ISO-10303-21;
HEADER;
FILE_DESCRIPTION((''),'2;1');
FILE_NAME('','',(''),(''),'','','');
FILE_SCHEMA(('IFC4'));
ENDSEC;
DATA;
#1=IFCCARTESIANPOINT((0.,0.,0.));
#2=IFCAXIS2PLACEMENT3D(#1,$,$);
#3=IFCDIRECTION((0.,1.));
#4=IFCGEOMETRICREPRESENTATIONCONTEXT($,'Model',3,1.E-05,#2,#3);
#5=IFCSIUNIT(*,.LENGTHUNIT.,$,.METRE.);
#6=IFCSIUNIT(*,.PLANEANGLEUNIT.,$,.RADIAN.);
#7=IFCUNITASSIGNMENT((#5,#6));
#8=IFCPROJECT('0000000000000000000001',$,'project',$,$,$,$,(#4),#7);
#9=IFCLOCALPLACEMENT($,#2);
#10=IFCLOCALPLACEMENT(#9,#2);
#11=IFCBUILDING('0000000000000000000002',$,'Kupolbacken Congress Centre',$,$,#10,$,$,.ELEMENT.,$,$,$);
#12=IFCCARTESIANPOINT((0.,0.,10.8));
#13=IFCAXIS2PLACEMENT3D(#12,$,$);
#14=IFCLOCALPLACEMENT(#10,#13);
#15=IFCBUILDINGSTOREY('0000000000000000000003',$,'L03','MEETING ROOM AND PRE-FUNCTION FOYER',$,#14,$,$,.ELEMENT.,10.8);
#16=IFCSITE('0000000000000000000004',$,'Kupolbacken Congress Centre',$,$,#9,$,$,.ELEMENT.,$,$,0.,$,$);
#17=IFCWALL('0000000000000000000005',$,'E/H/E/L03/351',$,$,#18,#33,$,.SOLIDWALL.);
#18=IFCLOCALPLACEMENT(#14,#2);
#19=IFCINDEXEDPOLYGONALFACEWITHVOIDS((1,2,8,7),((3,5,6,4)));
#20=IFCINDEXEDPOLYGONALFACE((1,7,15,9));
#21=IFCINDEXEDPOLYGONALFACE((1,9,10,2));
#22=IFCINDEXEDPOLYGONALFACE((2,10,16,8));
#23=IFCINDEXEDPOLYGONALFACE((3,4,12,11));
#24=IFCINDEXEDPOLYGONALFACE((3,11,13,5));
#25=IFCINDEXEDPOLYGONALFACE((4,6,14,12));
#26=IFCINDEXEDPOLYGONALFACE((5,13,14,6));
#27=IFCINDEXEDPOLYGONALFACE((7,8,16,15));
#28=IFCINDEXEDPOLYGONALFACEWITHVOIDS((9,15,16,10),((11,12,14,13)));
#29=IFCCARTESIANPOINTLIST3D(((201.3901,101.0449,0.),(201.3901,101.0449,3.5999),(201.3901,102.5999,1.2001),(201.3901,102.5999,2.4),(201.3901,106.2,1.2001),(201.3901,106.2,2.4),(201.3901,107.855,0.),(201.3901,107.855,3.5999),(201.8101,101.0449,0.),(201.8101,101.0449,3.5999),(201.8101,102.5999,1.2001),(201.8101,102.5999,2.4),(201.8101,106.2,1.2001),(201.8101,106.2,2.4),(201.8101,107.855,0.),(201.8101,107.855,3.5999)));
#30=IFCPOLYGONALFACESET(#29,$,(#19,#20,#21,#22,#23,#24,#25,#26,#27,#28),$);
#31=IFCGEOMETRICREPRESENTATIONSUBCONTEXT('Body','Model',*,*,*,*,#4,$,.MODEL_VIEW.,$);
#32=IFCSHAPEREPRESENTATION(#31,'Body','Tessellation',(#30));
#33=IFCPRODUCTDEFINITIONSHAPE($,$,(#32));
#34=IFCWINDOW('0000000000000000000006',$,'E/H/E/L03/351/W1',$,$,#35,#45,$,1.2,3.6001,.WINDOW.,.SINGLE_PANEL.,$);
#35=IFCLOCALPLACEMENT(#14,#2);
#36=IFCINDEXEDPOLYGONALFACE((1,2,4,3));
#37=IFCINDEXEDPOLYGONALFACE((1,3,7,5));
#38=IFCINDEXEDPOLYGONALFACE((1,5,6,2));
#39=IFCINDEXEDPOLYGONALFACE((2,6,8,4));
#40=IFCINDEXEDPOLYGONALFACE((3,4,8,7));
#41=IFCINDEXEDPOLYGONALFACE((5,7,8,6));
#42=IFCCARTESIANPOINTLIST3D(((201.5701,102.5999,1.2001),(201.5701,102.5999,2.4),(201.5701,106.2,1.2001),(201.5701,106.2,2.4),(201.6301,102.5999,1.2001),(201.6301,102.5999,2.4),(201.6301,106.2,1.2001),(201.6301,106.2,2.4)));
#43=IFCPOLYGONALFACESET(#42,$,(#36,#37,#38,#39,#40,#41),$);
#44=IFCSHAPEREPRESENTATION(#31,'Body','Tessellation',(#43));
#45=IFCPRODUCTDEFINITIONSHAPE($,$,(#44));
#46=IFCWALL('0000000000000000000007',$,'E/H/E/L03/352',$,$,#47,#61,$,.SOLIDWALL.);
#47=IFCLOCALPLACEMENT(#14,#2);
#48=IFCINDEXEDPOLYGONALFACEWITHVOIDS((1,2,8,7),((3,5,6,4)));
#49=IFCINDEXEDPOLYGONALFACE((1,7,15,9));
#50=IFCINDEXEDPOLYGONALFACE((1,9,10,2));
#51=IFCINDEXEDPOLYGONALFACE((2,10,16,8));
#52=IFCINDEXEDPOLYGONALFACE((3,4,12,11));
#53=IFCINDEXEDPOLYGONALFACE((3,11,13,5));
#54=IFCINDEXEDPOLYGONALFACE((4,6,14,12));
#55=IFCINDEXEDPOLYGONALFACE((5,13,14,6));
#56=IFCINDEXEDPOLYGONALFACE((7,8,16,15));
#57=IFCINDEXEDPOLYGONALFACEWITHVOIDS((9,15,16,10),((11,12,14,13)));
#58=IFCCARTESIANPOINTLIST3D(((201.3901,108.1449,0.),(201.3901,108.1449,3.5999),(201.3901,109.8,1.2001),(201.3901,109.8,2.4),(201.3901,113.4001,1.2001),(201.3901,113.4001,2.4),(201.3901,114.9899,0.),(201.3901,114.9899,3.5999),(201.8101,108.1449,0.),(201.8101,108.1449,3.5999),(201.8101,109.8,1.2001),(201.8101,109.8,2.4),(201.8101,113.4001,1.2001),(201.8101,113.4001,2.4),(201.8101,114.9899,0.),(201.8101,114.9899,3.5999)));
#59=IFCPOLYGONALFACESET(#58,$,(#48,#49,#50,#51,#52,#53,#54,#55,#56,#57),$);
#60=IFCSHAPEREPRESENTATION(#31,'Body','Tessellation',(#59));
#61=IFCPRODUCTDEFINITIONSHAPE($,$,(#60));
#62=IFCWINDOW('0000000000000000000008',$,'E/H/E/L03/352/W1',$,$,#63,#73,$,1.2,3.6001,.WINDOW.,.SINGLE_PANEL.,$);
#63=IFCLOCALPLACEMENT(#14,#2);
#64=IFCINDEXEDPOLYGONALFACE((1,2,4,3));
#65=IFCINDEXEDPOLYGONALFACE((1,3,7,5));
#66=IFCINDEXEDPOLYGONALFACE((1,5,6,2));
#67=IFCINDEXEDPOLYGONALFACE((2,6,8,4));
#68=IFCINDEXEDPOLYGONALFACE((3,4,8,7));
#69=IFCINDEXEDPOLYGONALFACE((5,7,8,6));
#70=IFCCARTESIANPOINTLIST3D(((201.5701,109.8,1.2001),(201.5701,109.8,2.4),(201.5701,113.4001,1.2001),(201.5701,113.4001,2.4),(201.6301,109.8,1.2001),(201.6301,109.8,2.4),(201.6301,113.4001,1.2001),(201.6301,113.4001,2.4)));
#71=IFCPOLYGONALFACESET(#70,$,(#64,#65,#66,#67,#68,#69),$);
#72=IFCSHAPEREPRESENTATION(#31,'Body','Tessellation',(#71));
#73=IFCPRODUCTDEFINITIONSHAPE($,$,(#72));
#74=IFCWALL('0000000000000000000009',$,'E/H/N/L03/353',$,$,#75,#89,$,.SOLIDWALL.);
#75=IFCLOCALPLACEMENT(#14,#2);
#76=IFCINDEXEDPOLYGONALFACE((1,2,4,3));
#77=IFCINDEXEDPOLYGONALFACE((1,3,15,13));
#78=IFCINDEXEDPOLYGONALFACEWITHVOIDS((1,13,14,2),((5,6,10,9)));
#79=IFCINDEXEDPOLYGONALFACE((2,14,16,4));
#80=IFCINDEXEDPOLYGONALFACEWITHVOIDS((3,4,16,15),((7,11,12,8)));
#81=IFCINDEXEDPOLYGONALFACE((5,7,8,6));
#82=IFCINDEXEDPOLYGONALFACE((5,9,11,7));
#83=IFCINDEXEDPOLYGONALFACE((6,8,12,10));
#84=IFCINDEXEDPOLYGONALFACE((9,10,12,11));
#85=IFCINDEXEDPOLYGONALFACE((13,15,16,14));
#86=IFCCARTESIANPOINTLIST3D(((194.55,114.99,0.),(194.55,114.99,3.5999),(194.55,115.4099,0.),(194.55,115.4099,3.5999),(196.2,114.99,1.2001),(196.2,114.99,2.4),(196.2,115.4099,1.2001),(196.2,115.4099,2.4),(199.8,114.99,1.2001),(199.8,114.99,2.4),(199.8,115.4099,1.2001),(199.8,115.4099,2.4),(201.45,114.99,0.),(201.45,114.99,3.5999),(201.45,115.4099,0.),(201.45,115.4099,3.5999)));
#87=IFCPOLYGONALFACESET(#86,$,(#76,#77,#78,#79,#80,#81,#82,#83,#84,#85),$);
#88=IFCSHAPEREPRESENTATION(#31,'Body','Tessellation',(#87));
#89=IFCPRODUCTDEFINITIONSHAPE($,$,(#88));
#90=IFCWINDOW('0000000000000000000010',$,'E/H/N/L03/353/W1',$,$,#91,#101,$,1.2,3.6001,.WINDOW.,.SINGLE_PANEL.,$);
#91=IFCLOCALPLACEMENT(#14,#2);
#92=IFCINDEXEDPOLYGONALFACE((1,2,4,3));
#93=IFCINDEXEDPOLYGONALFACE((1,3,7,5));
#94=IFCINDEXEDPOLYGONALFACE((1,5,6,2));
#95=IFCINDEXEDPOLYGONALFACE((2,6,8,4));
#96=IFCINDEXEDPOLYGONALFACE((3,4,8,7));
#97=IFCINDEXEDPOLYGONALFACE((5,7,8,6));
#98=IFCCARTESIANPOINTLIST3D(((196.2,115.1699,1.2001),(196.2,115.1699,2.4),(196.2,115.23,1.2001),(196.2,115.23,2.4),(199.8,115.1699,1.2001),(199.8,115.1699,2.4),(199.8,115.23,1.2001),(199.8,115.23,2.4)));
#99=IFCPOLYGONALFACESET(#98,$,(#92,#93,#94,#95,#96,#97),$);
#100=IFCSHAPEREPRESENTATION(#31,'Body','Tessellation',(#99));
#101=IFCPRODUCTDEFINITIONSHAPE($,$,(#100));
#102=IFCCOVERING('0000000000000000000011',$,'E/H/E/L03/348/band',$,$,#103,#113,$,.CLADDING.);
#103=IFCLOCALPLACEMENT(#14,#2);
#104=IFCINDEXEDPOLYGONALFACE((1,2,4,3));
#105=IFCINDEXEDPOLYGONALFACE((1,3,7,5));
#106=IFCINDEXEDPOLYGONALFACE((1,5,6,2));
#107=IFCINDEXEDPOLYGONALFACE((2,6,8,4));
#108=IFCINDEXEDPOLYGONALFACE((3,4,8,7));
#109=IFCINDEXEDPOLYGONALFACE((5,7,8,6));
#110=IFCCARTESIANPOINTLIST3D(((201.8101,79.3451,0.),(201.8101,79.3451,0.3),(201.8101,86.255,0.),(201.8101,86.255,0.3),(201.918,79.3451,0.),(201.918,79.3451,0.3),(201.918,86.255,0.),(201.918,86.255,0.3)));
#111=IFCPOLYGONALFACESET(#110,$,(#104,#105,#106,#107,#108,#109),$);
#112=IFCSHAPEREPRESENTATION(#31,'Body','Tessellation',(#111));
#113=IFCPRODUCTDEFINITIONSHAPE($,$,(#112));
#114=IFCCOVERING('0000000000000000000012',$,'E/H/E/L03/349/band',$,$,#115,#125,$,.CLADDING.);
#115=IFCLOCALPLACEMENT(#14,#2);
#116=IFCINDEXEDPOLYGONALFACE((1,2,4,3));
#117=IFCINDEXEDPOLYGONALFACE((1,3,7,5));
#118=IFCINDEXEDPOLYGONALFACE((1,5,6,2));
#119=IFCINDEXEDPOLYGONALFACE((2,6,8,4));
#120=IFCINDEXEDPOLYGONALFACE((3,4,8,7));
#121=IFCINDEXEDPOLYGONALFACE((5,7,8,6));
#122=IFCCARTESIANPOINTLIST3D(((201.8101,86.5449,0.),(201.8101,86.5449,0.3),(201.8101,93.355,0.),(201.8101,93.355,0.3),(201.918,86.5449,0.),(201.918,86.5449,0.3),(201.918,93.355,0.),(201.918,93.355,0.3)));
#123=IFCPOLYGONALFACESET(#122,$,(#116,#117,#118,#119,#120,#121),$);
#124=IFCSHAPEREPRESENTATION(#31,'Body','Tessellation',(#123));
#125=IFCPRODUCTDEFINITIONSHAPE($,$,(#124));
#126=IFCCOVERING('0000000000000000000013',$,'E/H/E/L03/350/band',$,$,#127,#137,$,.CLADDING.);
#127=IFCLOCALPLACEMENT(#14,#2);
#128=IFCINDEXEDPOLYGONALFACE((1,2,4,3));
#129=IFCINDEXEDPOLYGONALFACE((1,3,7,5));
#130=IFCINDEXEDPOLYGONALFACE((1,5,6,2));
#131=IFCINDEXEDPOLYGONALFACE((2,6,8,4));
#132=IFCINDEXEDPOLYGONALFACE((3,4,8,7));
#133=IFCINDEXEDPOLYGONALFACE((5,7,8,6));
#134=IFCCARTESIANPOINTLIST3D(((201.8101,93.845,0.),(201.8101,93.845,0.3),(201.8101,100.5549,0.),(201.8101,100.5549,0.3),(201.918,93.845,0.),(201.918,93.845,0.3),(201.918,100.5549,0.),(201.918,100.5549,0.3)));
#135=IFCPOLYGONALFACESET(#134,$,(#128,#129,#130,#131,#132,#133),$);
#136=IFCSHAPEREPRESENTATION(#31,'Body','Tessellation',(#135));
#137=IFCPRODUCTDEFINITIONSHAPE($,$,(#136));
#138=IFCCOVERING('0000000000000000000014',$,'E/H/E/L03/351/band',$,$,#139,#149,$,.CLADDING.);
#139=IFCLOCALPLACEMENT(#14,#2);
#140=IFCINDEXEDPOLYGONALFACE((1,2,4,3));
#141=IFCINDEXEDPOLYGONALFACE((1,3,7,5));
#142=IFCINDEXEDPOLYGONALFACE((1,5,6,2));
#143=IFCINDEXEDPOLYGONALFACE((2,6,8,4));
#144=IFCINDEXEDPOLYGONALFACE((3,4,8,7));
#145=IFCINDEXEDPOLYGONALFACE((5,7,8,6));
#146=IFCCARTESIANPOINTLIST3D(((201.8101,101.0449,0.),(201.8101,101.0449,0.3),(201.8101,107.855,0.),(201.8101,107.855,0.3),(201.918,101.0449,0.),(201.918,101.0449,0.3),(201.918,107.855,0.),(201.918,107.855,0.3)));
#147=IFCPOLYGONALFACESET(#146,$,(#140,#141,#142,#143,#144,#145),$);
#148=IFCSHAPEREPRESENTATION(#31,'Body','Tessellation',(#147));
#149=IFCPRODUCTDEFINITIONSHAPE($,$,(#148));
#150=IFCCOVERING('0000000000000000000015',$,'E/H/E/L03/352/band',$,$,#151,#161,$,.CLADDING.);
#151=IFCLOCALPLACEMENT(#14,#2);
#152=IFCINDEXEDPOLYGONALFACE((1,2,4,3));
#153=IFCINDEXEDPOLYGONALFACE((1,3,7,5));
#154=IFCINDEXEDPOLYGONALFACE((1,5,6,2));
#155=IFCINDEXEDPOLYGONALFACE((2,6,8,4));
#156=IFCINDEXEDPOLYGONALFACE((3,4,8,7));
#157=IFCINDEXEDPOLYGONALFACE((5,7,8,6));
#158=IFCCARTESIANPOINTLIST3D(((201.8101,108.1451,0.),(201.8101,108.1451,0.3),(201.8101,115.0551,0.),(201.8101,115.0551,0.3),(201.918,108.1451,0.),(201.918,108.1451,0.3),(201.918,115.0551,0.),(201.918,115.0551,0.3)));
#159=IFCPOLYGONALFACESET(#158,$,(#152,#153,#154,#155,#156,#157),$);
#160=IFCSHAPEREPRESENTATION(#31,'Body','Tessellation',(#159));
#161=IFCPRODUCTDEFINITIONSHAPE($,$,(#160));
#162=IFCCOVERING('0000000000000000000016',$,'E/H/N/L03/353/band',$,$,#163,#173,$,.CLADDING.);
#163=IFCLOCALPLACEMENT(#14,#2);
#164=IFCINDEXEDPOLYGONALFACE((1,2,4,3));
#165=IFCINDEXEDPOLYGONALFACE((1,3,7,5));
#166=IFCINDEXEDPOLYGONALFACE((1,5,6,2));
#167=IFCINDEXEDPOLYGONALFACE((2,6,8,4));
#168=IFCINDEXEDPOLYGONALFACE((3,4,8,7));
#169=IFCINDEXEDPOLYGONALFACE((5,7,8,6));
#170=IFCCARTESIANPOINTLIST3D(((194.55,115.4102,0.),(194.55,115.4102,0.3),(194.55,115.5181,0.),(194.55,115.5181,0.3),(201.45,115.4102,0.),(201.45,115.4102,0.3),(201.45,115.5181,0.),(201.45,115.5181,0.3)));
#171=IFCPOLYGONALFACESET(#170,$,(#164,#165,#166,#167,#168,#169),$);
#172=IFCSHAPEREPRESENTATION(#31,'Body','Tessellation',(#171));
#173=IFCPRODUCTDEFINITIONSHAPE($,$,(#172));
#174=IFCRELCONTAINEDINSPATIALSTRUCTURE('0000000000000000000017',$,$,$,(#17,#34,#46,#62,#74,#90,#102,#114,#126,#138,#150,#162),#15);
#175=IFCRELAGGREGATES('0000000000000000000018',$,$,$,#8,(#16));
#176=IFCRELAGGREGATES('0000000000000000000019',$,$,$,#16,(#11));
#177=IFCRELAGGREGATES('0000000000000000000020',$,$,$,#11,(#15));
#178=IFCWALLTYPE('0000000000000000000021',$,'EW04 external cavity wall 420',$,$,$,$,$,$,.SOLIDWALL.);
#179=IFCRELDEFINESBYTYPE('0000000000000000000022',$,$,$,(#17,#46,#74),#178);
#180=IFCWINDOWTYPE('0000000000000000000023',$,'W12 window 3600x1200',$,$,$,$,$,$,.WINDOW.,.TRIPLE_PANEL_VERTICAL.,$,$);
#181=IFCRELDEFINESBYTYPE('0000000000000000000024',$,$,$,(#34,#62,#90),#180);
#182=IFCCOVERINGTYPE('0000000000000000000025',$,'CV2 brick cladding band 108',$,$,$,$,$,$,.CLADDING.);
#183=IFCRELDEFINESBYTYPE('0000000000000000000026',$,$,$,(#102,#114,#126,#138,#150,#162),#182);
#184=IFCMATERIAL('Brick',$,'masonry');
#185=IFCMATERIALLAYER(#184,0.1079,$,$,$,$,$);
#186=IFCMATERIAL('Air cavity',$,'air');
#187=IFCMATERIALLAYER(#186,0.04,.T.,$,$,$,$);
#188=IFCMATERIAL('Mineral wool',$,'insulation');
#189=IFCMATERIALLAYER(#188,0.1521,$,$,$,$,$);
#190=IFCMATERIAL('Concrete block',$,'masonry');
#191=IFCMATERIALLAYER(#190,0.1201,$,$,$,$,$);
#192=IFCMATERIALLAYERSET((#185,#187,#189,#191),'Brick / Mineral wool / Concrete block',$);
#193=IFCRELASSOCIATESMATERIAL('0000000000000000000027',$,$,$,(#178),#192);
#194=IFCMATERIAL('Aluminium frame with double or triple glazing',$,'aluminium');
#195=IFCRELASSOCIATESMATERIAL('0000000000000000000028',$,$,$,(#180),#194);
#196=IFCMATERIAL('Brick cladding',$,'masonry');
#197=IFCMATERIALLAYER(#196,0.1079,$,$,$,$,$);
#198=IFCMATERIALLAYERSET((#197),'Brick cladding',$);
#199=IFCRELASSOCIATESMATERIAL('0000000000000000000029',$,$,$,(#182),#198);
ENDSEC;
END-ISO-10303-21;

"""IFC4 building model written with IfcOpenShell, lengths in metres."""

from ifc_helpers import new_model, si_unit, direction, frame, frame_2d, origin, origin_2d, place, context, subcontext, project, spatial, rectangle, extrude, material, layer, layer_set, type_object, element, fill, save


model = new_model("IFC4")

# Units and contexts
model_context = context("Model", 3, precision=1e-05, world=origin(), true_north=direction((0.0, 1.0)))
body_context = subcontext(model_context, "Body", "Model", "MODEL_VIEW")
ifc_project = project(units=[si_unit("LENGTHUNIT", "METRE"), si_unit("PLANEANGLEUNIT", "RADIAN")], contexts=[model_context])

# Site, building, storey
site_placement = place(None, origin())
site = spatial("IfcSite", under=ifc_project, at=site_placement, Name="Kupolbacken Congress Centre", CompositionType="ELEMENT", RefElevation=0.0)
building_placement = place(site_placement, origin())
building = spatial("IfcBuilding", under=site, at=building_placement, Name="Kupolbacken Congress Centre", CompositionType="ELEMENT")
storey_placement = place(building_placement, frame((0.0, 0.0, 10.8)))
storey = spatial("IfcBuildingStorey", under=building, at=storey_placement, Name="L03", Description="MEETING ROOM AND PRE-FUNCTION FOYER", CompositionType="ELEMENT", Elevation=10.8)

# Shared definitions
ifc_material_1 = material(Name="Brick", Category="masonry")
ifc_layer_1 = layer(ifc_material_1, 0.1079)
ifc_material_2 = material(Name="Air cavity", Category="air")
ifc_layer_2 = layer(ifc_material_2, 0.04, ventilated=True)
ifc_material_3 = material(Name="Mineral wool", Category="insulation")
ifc_layer_3 = layer(ifc_material_3, 0.1521)
ifc_material_4 = material(Name="Concrete block", Category="masonry")
ifc_layer_4 = layer(ifc_material_4, 0.1201)
ifc_layer_set_1 = layer_set([ifc_layer_1, ifc_layer_2, ifc_layer_3, ifc_layer_4], Name="Brick / Mineral wool / Concrete block")
wall_type = type_object("IfcWallType", Name="EW04 external cavity wall 420", PredefinedType="SOLIDWALL", material=ifc_layer_set_1)
ifc_material_5 = material(Name="Aluminium frame with double or triple glazing", Category="aluminium")
window_type = type_object("IfcWindowType", Name="W12 window 3600x1200", PartitioningType="TRIPLE_PANEL_VERTICAL", PredefinedType="WINDOW", material=ifc_material_5)

# Walls, openings, windows
wall_1_placement = place(storey_placement, frame((201.6001, 101.0449, 0.0), z_axis=(0.0, 0.0, 1.0), x_axis=(0.0, 1.0, 0.0)))
wall_1 = element("IfcWall", 1, at=wall_1_placement, inside=storey, type_object=wall_type, Name="E/H/E/L03/351", PredefinedType="SOLIDWALL", context=body_context, shape_type="SweptSolid", body=[
    extrude(rectangle(XDim=6.8101, YDim=0.4199, at=frame_2d((3.405, 0.0))), origin(), (0.0, 0.0, 1.0), 3.5999),
])
opening_1_placement = place(wall_1_placement, frame((1.5549, 0.0, 1.2)))
opening_1 = element("IfcOpeningElement", 2, at=opening_1_placement, cuts=wall_1, PredefinedType="OPENING", context=body_context, shape_type="SweptSolid", body=[
    extrude(rectangle(XDim=3.6001, YDim=1.2, at=frame_2d((1.8, 0.6001))), frame((0.0, 0.22, 0.0), z_axis=(0.0, -1.0, 0.0), x_axis=(1.0, 0.0, 0.0)), (0.0, 0.0, 1.0), 0.4399),
])
window_1_placement = place(opening_1_placement, origin())
window_1 = element("IfcWindow", 3, at=window_1_placement, inside=storey, type_object=window_type, Name="E/H/E/L03/351/W1", OverallHeight=1.2, OverallWidth=3.6001, PartitioningType="SINGLE_PANEL", PredefinedType="WINDOW", context=body_context, shape_type="SweptSolid", body=[
    extrude(rectangle(XDim=3.6001, YDim=1.2, at=frame_2d((1.8, 0.6001))), frame((0.0, 0.03, 0.0), z_axis=(0.0, -1.0, 0.0), x_axis=(1.0, 0.0, 0.0)), (0.0, 0.0, 1.0), 0.0601),
])
fill(opening_1, window_1)
wall_2_placement = place(storey_placement, frame((201.6001, 108.145, 0.0), z_axis=(0.0, 0.0, 1.0), x_axis=(0.0, 1.0, 0.0)))
wall_2 = element("IfcWall", 4, at=wall_2_placement, inside=storey, type_object=wall_type, Name="E/H/E/L03/352", PredefinedType="SOLIDWALL", context=body_context, shape_type="SweptSolid", body=[
    extrude(rectangle(XDim=6.845, YDim=0.4199, at=frame_2d((3.4224, 0.0))), origin(), (0.0, 0.0, 1.0), 3.5999),
])
opening_2_placement = place(wall_2_placement, frame((1.655, 0.0, 1.2)))
opening_2 = element("IfcOpeningElement", 5, at=opening_2_placement, cuts=wall_2, PredefinedType="OPENING", context=body_context, shape_type="SweptSolid", body=[
    extrude(rectangle(XDim=3.6001, YDim=1.2, at=frame_2d((1.8, 0.6001))), frame((0.0, 0.22, 0.0), z_axis=(0.0, -1.0, 0.0), x_axis=(1.0, 0.0, 0.0)), (0.0, 0.0, 1.0), 0.4399),
])
window_2_placement = place(opening_2_placement, origin())
window_2 = element("IfcWindow", 6, at=window_2_placement, inside=storey, type_object=window_type, Name="E/H/E/L03/352/W1", OverallHeight=1.2, OverallWidth=3.6001, PartitioningType="SINGLE_PANEL", PredefinedType="WINDOW", context=body_context, shape_type="SweptSolid", body=[
    extrude(rectangle(XDim=3.6001, YDim=1.2, at=frame_2d((1.8, 0.6001))), frame((0.0, 0.03, 0.0), z_axis=(0.0, -1.0, 0.0), x_axis=(1.0, 0.0, 0.0)), (0.0, 0.0, 1.0), 0.0601),
])
fill(opening_2, window_2)
wall_3_placement = place(storey_placement, frame((201.45, 115.2, 0.0), z_axis=(0.0, 0.0, 1.0), x_axis=(-1.0, 0.0, 0.0)))
wall_3 = element("IfcWall", 7, at=wall_3_placement, inside=storey, type_object=wall_type, Name="E/H/N/L03/353", PredefinedType="SOLIDWALL", context=body_context, shape_type="SweptSolid", body=[
    extrude(rectangle(XDim=6.8999, YDim=0.4199, at=frame_2d((3.45, 0.0))), origin(), (0.0, 0.0, 1.0), 3.5999),
])
opening_3_placement = place(wall_3_placement, frame((1.6499, 0.0, 1.2)))
opening_3 = element("IfcOpeningElement", 8, at=opening_3_placement, cuts=wall_3, PredefinedType="OPENING", context=body_context, shape_type="SweptSolid", body=[
    extrude(rectangle(XDim=3.6001, YDim=1.2, at=frame_2d((1.8, 0.6001))), frame((0.0, 0.22, 0.0), z_axis=(0.0, -1.0, 0.0), x_axis=(1.0, 0.0, 0.0)), (0.0, 0.0, 1.0), 0.4399),
])
window_3_placement = place(opening_3_placement, origin())
window_3 = element("IfcWindow", 9, at=window_3_placement, inside=storey, type_object=window_type, Name="E/H/N/L03/353/W1", OverallHeight=1.2, OverallWidth=3.6001, PartitioningType="SINGLE_PANEL", PredefinedType="WINDOW", context=body_context, shape_type="SweptSolid", body=[
    extrude(rectangle(XDim=3.6001, YDim=1.2, at=frame_2d((1.8, 0.6001))), frame((0.0, 0.03, 0.0), z_axis=(0.0, -1.0, 0.0), x_axis=(1.0, 0.0, 0.0)), (0.0, 0.0, 1.0), 0.0601),
])
fill(opening_3, window_3)

# Coverings
ifc_material_6 = material(Name="Brick cladding", Category="masonry")
ifc_layer_5 = layer(ifc_material_6, 0.1079)
ifc_layer_set_2 = layer_set([ifc_layer_5], Name="Brick cladding")
covering_type_1 = type_object("IfcCoveringType", Name="CV2 brick cladding band 108", PredefinedType="CLADDING", material=ifc_layer_set_2)
covering_1_placement = place(storey_placement, frame((201.864, 82.8, 0.0), z_axis=(0.0, 0.0, 1.0), x_axis=(0.0, 1.0, 0.0)))
element("IfcCovering", 10, at=covering_1_placement, inside=storey, type_object=covering_type_1, Name="E/H/E/L03/348/band", PredefinedType="CLADDING", context=body_context, shape_type="SweptSolid", body=[
    extrude(rectangle(XDim=6.9099, YDim=0.1079, at=origin_2d()), origin(), (0.0, 0.0, 1.0), 0.3),
])
covering_2_placement = place(storey_placement, frame((201.864, 89.95, 0.0), z_axis=(0.0, 0.0, 1.0), x_axis=(0.0, 1.0, 0.0)))
element("IfcCovering", 11, at=covering_2_placement, inside=storey, type_object=covering_type_1, Name="E/H/E/L03/349/band", PredefinedType="CLADDING", context=body_context, shape_type="SweptSolid", body=[
    extrude(rectangle(XDim=6.8101, YDim=0.1079, at=origin_2d()), origin(), (0.0, 0.0, 1.0), 0.3),
])
covering_3_placement = place(storey_placement, frame((201.864, 97.2, 0.0), z_axis=(0.0, 0.0, 1.0), x_axis=(0.0, 1.0, 0.0)))
element("IfcCovering", 12, at=covering_3_placement, inside=storey, type_object=covering_type_1, Name="E/H/E/L03/350/band", PredefinedType="CLADDING", context=body_context, shape_type="SweptSolid", body=[
    extrude(rectangle(XDim=6.71, YDim=0.1079, at=origin_2d()), origin(), (0.0, 0.0, 1.0), 0.3),
])
covering_4_placement = place(storey_placement, frame((201.864, 104.45, 0.0), z_axis=(0.0, 0.0, 1.0), x_axis=(0.0, 1.0, 0.0)))
element("IfcCovering", 13, at=covering_4_placement, inside=storey, type_object=covering_type_1, Name="E/H/E/L03/351/band", PredefinedType="CLADDING", context=body_context, shape_type="SweptSolid", body=[
    extrude(rectangle(XDim=6.8101, YDim=0.1079, at=origin_2d()), origin(), (0.0, 0.0, 1.0), 0.3),
])
covering_5_placement = place(storey_placement, frame((201.864, 111.6001, 0.0), z_axis=(0.0, 0.0, 1.0), x_axis=(0.0, 1.0, 0.0)))
element("IfcCovering", 14, at=covering_5_placement, inside=storey, type_object=covering_type_1, Name="E/H/E/L03/352/band", PredefinedType="CLADDING", context=body_context, shape_type="SweptSolid", body=[
    extrude(rectangle(XDim=6.9099, YDim=0.1079, at=origin_2d()), origin(), (0.0, 0.0, 1.0), 0.3),
])
covering_6_placement = place(storey_placement, frame((198.0, 115.4641, 0.0), z_axis=(0.0, 0.0, 1.0), x_axis=(-1.0, 0.0, 0.0)))
element("IfcCovering", 15, at=covering_6_placement, inside=storey, type_object=covering_type_1, Name="E/H/N/L03/353/band", PredefinedType="CLADDING", context=body_context, shape_type="SweptSolid", body=[
    extrude(rectangle(XDim=6.8999, YDim=0.1079, at=origin_2d()), origin(), (0.0, 0.0, 1.0), 0.3),
])

save(model, "model.ifc")
